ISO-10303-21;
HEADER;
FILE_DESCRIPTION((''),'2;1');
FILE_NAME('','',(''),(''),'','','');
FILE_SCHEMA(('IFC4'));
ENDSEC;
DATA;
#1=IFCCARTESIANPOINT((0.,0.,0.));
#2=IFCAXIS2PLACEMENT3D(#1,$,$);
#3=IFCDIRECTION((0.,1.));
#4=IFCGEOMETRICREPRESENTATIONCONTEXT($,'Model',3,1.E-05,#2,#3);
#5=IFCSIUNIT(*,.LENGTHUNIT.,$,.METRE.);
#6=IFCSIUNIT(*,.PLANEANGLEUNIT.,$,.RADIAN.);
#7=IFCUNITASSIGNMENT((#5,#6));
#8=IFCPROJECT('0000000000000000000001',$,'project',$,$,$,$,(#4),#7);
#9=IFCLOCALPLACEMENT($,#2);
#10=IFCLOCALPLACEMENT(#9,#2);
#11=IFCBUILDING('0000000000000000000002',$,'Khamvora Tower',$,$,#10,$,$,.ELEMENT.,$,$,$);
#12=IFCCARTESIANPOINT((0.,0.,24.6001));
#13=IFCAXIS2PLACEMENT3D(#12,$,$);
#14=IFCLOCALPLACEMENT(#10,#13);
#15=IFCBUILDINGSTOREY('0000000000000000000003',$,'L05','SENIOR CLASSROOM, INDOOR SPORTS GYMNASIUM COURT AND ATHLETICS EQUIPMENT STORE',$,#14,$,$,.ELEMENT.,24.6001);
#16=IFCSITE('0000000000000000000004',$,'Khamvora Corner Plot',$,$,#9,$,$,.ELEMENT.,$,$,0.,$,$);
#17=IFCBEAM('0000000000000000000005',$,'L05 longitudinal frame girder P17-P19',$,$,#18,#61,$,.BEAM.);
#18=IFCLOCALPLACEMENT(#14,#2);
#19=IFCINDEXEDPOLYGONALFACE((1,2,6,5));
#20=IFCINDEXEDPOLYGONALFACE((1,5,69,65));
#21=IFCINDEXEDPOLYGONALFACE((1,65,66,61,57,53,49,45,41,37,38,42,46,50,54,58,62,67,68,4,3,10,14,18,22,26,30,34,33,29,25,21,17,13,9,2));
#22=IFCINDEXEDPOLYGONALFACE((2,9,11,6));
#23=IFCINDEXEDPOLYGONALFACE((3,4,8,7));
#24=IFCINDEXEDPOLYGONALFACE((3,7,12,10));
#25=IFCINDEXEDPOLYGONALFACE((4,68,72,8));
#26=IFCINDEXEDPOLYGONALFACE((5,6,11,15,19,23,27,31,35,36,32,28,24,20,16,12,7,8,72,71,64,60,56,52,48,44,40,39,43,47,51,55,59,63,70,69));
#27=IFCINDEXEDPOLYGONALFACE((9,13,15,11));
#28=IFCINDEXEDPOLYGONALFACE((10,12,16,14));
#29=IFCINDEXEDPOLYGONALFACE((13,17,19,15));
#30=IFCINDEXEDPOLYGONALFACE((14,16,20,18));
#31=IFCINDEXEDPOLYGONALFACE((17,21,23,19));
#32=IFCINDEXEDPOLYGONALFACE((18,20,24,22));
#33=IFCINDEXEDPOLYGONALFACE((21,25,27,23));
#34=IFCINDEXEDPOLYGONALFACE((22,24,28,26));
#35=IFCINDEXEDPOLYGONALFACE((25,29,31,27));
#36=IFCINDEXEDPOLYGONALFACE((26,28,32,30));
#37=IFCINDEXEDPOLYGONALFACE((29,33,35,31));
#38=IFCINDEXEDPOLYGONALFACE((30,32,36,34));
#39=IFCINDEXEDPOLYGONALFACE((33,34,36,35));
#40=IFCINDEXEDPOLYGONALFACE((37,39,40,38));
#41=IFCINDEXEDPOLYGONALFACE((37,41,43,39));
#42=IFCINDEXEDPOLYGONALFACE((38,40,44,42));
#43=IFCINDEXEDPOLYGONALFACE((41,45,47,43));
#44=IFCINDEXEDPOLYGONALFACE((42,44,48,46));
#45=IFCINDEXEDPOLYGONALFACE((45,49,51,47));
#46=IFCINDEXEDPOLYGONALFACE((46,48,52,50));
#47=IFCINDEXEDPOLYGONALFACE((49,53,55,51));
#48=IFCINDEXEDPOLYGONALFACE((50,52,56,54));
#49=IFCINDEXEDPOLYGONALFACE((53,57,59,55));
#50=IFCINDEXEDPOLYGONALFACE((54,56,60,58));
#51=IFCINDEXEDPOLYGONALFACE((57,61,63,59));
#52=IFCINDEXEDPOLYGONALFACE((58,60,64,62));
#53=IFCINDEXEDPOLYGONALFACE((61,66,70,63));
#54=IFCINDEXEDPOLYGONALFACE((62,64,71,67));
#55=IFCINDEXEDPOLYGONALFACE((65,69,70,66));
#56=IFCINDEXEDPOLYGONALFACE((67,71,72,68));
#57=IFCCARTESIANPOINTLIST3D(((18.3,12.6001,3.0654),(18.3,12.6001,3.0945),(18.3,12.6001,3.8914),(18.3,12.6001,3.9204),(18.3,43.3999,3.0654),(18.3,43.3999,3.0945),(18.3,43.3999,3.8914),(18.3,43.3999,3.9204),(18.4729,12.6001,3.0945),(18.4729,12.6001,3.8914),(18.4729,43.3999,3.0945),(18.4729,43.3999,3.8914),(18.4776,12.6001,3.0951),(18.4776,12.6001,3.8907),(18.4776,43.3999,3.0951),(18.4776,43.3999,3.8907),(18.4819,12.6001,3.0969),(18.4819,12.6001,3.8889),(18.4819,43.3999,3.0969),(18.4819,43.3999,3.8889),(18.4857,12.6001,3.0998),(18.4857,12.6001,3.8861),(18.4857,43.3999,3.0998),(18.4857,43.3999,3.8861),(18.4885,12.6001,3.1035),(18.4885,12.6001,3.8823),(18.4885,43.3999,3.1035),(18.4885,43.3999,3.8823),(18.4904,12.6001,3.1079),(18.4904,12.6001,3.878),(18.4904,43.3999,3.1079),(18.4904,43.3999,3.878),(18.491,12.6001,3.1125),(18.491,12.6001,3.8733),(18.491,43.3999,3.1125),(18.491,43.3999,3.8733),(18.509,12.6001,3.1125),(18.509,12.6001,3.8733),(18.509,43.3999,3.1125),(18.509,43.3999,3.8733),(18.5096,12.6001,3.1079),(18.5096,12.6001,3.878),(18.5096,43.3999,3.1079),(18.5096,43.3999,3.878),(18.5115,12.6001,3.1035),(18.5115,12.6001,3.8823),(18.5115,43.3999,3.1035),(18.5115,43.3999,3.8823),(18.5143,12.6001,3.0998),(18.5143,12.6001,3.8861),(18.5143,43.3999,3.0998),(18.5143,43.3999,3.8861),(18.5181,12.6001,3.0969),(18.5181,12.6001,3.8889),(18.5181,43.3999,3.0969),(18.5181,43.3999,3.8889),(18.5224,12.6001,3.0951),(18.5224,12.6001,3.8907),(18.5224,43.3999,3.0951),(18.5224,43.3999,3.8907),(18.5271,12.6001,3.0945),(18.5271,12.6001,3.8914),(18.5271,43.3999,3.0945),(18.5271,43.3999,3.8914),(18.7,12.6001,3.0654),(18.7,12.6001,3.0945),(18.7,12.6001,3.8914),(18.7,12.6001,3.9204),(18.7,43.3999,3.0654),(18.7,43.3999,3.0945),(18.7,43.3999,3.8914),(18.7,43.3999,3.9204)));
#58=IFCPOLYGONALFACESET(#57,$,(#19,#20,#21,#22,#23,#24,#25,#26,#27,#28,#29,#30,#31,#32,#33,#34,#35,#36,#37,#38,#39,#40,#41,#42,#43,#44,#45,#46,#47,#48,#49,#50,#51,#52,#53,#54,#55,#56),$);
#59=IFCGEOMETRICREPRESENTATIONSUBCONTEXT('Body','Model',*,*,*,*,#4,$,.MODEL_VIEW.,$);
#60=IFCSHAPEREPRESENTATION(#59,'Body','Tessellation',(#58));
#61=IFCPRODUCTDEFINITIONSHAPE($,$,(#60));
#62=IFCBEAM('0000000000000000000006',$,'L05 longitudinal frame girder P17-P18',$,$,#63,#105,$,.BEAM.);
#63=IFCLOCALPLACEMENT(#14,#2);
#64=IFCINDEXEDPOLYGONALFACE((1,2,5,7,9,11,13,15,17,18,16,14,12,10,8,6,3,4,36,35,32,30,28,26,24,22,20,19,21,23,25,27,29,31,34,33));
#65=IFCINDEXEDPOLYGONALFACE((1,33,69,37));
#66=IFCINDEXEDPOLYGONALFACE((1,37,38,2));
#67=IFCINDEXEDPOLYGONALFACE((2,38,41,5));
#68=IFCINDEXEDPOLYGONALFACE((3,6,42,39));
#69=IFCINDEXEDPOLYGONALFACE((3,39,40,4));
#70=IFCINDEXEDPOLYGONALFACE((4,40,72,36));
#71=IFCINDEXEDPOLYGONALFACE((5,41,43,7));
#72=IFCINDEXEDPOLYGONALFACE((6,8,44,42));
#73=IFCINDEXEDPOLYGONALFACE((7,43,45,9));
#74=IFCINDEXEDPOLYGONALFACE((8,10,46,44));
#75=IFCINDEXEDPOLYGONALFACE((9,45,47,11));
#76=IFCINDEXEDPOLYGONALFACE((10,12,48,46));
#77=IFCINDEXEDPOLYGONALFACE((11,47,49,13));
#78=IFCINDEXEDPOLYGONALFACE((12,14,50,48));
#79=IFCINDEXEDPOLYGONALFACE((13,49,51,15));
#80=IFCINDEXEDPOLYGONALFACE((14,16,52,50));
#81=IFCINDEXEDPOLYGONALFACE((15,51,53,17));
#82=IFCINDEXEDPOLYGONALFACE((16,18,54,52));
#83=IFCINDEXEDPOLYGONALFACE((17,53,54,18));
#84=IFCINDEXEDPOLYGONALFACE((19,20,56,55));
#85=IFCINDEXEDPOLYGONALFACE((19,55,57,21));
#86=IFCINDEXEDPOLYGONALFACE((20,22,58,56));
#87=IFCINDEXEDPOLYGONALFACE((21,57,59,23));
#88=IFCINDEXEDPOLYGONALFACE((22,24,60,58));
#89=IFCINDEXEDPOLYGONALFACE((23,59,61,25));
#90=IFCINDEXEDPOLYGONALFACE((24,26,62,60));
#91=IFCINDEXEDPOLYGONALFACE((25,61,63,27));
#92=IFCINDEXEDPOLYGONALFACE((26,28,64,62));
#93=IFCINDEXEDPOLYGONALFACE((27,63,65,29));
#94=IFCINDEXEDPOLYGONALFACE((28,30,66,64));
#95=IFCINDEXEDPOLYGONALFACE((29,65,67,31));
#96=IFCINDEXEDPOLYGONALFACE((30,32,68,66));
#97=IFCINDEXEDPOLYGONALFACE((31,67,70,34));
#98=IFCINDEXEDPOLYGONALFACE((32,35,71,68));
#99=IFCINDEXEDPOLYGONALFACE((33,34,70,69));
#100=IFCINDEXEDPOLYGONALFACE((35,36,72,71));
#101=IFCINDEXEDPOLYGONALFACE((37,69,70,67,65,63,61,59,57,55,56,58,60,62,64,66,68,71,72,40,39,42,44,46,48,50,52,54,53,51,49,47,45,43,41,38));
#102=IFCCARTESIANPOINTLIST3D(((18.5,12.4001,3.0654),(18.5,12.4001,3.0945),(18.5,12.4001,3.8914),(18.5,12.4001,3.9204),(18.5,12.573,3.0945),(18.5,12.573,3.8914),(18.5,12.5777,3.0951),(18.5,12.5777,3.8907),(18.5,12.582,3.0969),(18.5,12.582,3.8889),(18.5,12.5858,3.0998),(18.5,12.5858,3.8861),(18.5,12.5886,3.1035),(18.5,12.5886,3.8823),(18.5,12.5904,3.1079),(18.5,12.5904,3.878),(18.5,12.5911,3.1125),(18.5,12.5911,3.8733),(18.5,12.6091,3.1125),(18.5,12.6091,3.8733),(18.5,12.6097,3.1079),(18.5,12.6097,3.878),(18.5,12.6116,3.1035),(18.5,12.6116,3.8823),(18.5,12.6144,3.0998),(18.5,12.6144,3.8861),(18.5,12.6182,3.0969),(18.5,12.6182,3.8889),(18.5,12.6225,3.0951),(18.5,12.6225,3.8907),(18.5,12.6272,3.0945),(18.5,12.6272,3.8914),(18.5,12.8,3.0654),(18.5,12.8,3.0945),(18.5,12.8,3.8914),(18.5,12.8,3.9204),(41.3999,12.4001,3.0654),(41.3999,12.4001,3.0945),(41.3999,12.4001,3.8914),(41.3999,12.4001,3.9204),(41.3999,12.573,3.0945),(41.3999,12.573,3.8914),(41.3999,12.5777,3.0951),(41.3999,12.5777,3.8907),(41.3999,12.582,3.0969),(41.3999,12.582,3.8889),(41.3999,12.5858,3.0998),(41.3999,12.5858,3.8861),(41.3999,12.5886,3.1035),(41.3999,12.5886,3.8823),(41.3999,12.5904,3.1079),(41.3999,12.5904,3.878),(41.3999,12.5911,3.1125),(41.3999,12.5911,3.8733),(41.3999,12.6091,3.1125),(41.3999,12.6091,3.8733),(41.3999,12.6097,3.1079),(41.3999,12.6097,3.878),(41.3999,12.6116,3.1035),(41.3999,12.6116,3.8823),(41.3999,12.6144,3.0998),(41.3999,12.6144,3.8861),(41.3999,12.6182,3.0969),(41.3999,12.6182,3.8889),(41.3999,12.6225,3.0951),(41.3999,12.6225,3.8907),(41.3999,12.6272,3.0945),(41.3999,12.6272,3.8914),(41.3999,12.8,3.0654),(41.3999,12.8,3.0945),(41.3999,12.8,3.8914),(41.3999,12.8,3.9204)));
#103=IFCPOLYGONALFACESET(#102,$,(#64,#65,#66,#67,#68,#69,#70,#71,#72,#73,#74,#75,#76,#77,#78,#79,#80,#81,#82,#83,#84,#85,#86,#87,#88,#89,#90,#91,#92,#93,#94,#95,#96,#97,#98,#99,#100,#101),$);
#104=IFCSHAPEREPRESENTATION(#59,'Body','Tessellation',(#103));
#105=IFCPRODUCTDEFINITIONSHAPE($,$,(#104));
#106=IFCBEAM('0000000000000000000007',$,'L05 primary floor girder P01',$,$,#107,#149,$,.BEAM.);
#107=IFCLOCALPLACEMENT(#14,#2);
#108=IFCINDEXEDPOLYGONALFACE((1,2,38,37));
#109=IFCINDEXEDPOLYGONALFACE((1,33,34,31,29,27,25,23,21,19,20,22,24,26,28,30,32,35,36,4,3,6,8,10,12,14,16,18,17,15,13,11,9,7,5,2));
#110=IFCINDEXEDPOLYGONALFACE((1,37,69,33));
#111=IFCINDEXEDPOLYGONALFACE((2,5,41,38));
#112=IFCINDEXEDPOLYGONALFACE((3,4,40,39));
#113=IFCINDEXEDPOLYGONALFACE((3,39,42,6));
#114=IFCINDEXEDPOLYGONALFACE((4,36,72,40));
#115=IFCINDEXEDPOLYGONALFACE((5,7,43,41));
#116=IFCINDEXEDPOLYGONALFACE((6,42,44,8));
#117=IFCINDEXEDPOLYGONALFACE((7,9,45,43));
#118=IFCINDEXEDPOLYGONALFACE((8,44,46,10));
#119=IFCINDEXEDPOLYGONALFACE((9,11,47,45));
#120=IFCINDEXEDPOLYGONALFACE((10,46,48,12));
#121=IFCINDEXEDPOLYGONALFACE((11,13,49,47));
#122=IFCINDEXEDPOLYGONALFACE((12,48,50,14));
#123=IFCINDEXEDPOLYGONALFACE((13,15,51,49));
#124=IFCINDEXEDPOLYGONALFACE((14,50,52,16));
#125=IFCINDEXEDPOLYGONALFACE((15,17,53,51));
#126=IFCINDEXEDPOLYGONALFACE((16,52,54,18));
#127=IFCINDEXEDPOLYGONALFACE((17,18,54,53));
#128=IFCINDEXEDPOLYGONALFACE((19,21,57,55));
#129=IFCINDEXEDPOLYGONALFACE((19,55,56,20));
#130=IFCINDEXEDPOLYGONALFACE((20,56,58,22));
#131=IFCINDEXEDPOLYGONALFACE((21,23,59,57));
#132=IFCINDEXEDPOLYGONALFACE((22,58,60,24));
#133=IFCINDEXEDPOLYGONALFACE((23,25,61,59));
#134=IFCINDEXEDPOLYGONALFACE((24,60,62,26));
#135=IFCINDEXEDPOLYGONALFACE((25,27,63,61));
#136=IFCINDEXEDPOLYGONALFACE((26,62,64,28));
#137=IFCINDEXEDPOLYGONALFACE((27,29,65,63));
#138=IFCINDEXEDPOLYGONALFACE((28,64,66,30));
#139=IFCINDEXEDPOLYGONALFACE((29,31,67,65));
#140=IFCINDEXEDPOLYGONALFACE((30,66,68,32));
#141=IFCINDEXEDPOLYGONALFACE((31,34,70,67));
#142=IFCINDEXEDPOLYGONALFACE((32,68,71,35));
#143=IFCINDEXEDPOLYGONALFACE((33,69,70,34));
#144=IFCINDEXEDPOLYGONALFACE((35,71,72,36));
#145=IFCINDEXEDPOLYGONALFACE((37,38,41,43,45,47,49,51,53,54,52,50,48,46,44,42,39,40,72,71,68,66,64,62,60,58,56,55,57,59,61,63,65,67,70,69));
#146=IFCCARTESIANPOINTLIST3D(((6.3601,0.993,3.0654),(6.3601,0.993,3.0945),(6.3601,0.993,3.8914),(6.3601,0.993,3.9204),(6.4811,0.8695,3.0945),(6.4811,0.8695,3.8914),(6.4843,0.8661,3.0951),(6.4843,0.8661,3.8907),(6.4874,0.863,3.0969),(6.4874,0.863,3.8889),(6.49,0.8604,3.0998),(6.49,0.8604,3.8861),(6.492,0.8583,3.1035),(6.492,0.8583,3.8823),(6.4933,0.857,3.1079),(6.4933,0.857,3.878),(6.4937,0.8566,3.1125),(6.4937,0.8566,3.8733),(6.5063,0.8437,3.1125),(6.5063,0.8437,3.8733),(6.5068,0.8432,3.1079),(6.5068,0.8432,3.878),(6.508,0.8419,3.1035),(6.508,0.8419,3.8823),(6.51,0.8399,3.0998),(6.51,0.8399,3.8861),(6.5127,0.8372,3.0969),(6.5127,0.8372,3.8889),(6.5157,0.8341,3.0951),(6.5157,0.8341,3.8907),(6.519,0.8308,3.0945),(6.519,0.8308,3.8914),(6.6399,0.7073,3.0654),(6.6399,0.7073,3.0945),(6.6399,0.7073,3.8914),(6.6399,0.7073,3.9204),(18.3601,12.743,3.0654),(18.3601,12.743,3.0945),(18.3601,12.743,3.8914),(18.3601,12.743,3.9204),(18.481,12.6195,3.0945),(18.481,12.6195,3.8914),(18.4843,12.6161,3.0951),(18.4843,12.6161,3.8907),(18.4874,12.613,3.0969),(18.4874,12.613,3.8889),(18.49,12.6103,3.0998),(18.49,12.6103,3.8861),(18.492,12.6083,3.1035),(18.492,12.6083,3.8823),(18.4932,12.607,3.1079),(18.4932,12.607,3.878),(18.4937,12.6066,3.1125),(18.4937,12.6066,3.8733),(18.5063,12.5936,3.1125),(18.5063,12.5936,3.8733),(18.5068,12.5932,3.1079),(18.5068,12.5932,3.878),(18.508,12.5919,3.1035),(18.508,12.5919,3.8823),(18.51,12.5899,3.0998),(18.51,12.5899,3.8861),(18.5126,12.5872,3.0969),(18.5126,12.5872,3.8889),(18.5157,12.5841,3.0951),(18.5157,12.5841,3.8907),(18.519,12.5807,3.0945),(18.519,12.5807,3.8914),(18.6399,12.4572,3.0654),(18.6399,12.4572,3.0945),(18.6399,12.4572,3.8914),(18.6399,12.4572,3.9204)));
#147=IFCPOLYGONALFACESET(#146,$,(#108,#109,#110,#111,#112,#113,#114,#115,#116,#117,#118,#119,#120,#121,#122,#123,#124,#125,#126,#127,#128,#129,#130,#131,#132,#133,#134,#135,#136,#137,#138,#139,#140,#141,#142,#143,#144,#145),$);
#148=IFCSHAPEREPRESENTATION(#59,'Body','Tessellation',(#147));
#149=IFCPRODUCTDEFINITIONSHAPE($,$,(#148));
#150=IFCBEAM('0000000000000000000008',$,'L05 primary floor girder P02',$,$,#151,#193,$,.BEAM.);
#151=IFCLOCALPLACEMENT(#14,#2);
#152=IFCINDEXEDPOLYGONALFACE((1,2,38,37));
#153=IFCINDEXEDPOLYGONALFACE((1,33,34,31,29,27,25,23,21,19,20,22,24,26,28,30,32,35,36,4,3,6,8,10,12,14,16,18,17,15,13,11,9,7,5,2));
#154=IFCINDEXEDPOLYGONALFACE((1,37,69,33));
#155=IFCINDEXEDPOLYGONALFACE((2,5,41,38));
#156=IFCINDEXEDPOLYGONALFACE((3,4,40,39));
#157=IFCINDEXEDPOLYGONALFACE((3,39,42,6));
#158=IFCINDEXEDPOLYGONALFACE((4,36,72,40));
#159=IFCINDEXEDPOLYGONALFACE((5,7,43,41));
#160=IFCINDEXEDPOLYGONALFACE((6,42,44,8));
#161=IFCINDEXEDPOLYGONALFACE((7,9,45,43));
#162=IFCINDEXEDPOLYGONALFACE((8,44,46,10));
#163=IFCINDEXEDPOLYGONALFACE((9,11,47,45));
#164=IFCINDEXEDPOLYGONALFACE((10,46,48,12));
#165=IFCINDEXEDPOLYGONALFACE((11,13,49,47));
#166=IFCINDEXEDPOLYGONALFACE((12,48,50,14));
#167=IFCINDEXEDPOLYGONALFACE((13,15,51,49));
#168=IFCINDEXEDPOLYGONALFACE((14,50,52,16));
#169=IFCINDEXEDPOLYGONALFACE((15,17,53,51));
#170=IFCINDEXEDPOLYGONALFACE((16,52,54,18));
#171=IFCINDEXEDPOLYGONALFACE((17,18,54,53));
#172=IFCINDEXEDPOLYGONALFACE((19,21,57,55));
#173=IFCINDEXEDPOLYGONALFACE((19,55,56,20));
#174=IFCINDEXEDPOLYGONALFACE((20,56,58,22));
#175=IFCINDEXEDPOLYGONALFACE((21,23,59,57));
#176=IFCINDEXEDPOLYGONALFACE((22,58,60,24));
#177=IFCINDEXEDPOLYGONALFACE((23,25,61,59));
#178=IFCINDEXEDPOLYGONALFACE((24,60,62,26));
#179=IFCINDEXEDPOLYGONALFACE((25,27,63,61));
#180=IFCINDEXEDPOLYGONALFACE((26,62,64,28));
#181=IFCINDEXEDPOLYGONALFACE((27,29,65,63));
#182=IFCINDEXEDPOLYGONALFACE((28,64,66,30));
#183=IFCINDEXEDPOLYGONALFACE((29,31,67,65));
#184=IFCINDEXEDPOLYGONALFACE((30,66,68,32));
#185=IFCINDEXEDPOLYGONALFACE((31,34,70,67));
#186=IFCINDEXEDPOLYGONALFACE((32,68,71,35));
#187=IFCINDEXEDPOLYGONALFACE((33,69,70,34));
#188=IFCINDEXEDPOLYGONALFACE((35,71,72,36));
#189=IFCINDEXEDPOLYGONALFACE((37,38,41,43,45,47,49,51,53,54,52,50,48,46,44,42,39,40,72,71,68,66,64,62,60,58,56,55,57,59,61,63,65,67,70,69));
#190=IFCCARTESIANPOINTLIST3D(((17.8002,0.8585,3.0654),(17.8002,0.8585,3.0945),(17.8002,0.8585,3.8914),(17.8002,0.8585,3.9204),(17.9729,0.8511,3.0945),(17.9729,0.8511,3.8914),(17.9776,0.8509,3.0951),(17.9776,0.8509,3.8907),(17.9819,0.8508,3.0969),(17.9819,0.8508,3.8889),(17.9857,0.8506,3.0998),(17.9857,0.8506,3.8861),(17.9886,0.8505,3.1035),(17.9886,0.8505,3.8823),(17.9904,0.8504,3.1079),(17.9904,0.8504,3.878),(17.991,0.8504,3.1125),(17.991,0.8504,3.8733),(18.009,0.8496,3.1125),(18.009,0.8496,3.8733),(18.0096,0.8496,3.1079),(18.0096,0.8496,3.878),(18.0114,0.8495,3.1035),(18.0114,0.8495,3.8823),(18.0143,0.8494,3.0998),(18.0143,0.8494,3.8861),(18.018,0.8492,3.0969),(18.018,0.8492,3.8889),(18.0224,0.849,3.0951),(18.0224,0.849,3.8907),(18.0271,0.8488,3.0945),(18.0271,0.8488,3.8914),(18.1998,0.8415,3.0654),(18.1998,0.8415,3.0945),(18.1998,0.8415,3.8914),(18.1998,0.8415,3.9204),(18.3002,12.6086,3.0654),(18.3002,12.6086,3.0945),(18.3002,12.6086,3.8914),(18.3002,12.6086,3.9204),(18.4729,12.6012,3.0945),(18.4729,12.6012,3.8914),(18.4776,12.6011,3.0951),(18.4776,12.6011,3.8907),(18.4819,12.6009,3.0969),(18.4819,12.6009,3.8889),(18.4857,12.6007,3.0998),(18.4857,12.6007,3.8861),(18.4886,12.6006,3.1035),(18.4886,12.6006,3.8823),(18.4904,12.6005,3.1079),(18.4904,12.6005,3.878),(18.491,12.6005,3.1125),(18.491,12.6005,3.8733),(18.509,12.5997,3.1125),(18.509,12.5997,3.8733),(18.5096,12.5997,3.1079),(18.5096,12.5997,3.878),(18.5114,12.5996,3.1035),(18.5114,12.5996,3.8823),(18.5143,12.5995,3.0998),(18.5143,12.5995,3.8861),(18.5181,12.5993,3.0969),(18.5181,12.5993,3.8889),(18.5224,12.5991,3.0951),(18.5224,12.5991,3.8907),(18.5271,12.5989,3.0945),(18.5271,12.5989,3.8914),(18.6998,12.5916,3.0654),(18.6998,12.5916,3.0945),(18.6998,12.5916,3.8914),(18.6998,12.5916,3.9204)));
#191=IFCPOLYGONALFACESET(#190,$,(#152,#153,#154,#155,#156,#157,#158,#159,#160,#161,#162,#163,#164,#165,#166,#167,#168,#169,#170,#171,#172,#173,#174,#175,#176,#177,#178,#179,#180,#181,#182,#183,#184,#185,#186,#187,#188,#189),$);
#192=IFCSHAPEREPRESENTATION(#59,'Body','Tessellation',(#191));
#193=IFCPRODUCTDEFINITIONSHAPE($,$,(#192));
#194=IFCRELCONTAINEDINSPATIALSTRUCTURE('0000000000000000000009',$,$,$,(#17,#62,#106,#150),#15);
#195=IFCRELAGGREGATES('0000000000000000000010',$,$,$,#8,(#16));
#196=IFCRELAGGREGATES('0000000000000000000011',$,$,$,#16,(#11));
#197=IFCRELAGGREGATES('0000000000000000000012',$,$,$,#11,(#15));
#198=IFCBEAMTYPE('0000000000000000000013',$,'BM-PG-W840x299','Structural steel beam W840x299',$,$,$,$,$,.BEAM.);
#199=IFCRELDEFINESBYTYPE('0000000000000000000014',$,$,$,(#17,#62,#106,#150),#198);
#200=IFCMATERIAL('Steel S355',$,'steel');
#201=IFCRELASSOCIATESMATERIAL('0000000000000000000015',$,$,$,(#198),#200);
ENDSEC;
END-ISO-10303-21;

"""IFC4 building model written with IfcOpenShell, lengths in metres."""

from ifc_helpers import new_model, si_unit, direction, frame, origin, origin_2d, place, context, subcontext, project, spatial, i_section, extrude, material, material_profile, profile_set, type_object, element, save


model = new_model("IFC4")

# Units and contexts
model_context = context("Model", 3, precision=1e-05, world=origin(), true_north=direction((0.0, 1.0)))
body_context = subcontext(model_context, "Body", "Model", "MODEL_VIEW")
ifc_project = project(units=[si_unit("LENGTHUNIT", "METRE"), si_unit("PLANEANGLEUNIT", "RADIAN")], contexts=[model_context])

# Site, building, storey
site_placement = place(None, origin())
site = spatial("IfcSite", under=ifc_project, at=site_placement, Name="Khamvora Corner Plot", CompositionType="ELEMENT", RefElevation=0.0)
building_placement = place(site_placement, origin())
building = spatial("IfcBuilding", under=site, at=building_placement, Name="Khamvora Tower", CompositionType="ELEMENT")
storey_placement = place(building_placement, frame((0.0, 0.0, 24.6001)))
storey = spatial("IfcBuildingStorey", under=building, at=storey_placement, Name="L05", Description="SENIOR CLASSROOM, INDOOR SPORTS GYMNASIUM COURT AND ATHLETICS EQUIPMENT STORE", CompositionType="ELEMENT", Elevation=24.6001)

# Beams
ifc_material_1 = material(Name="Steel S355", Category="steel")
ifc_material_profile_1 = material_profile(ifc_material_1, i_section(OverallWidth=0.3999, OverallDepth=0.855, WebThickness=0.0181, FlangeThickness=0.0291, FilletRadius=0.0181, at=origin_2d()), Name="W840x299")
ifc_profile_set_1 = profile_set([ifc_material_profile_1], Name="Steel S355")
beam_type_1 = type_object("IfcBeamType", Name="BM-PG-W840x299", Description="Structural steel beam W840x299", PredefinedType="BEAM", material=ifc_profile_set_1)
beam_1_placement = place(storey_placement, frame((18.5, 12.6001, 3.4929), z_axis=(0.0, 1.0, 0.0), x_axis=(-1.0, 0.0, 0.0)))
element("IfcBeam", 1, at=beam_1_placement, inside=storey, type_object=beam_type_1, Name="L05 longitudinal frame girder P17-P19", PredefinedType="BEAM", context=body_context, shape_type="SweptSolid", body=[
    extrude(i_section(OverallWidth=0.3999, OverallDepth=0.855, WebThickness=0.0181, FlangeThickness=0.0291, FilletRadius=0.0181, at=origin_2d()), origin(), (0.0, 0.0, 1.0), 30.7998),
])
beam_2_placement = place(storey_placement, frame((18.5, 12.6001, 3.4929), z_axis=(1.0, 0.0, 0.0), x_axis=(0.0, 1.0, 0.0)))
element("IfcBeam", 2, at=beam_2_placement, inside=storey, type_object=beam_type_1, Name="L05 longitudinal frame girder P17-P18", PredefinedType="BEAM", context=body_context, shape_type="SweptSolid", body=[
    extrude(i_section(OverallWidth=0.3999, OverallDepth=0.855, WebThickness=0.0181, FlangeThickness=0.0291, FilletRadius=0.0181, at=origin_2d()), origin(), (0.0, 0.0, 1.0), 22.8999),
])
beam_3_placement = place(storey_placement, frame((18.5, 12.6001, 3.4929), z_axis=(-0.71451, -0.699625, 0.0), x_axis=(0.699625, -0.71451, 0.0)))
element("IfcBeam", 3, at=beam_3_placement, inside=storey, type_object=beam_type_1, Name="L05 primary floor girder P01", PredefinedType="BEAM", context=body_context, shape_type="SweptSolid", body=[
    extrude(i_section(OverallWidth=0.3999, OverallDepth=0.855, WebThickness=0.0181, FlangeThickness=0.0291, FilletRadius=0.0181, at=origin_2d()), origin(), (0.0, 0.0, 1.0), 16.7947),
])
beam_4_placement = place(storey_placement, frame((18.5, 12.6001, 3.4929), z_axis=(-0.042515, -0.999096, 0.0), x_axis=(0.999096, -0.042515, 0.0)))
element("IfcBeam", 4, at=beam_4_placement, inside=storey, type_object=beam_type_1, Name="L05 primary floor girder P02", PredefinedType="BEAM", context=body_context, shape_type="SweptSolid", body=[
    extrude(i_section(OverallWidth=0.3999, OverallDepth=0.855, WebThickness=0.0181, FlangeThickness=0.0291, FilletRadius=0.0181, at=origin_2d()), origin(), (0.0, 0.0, 1.0), 11.7607),
])

save(model, "model.ifc")
